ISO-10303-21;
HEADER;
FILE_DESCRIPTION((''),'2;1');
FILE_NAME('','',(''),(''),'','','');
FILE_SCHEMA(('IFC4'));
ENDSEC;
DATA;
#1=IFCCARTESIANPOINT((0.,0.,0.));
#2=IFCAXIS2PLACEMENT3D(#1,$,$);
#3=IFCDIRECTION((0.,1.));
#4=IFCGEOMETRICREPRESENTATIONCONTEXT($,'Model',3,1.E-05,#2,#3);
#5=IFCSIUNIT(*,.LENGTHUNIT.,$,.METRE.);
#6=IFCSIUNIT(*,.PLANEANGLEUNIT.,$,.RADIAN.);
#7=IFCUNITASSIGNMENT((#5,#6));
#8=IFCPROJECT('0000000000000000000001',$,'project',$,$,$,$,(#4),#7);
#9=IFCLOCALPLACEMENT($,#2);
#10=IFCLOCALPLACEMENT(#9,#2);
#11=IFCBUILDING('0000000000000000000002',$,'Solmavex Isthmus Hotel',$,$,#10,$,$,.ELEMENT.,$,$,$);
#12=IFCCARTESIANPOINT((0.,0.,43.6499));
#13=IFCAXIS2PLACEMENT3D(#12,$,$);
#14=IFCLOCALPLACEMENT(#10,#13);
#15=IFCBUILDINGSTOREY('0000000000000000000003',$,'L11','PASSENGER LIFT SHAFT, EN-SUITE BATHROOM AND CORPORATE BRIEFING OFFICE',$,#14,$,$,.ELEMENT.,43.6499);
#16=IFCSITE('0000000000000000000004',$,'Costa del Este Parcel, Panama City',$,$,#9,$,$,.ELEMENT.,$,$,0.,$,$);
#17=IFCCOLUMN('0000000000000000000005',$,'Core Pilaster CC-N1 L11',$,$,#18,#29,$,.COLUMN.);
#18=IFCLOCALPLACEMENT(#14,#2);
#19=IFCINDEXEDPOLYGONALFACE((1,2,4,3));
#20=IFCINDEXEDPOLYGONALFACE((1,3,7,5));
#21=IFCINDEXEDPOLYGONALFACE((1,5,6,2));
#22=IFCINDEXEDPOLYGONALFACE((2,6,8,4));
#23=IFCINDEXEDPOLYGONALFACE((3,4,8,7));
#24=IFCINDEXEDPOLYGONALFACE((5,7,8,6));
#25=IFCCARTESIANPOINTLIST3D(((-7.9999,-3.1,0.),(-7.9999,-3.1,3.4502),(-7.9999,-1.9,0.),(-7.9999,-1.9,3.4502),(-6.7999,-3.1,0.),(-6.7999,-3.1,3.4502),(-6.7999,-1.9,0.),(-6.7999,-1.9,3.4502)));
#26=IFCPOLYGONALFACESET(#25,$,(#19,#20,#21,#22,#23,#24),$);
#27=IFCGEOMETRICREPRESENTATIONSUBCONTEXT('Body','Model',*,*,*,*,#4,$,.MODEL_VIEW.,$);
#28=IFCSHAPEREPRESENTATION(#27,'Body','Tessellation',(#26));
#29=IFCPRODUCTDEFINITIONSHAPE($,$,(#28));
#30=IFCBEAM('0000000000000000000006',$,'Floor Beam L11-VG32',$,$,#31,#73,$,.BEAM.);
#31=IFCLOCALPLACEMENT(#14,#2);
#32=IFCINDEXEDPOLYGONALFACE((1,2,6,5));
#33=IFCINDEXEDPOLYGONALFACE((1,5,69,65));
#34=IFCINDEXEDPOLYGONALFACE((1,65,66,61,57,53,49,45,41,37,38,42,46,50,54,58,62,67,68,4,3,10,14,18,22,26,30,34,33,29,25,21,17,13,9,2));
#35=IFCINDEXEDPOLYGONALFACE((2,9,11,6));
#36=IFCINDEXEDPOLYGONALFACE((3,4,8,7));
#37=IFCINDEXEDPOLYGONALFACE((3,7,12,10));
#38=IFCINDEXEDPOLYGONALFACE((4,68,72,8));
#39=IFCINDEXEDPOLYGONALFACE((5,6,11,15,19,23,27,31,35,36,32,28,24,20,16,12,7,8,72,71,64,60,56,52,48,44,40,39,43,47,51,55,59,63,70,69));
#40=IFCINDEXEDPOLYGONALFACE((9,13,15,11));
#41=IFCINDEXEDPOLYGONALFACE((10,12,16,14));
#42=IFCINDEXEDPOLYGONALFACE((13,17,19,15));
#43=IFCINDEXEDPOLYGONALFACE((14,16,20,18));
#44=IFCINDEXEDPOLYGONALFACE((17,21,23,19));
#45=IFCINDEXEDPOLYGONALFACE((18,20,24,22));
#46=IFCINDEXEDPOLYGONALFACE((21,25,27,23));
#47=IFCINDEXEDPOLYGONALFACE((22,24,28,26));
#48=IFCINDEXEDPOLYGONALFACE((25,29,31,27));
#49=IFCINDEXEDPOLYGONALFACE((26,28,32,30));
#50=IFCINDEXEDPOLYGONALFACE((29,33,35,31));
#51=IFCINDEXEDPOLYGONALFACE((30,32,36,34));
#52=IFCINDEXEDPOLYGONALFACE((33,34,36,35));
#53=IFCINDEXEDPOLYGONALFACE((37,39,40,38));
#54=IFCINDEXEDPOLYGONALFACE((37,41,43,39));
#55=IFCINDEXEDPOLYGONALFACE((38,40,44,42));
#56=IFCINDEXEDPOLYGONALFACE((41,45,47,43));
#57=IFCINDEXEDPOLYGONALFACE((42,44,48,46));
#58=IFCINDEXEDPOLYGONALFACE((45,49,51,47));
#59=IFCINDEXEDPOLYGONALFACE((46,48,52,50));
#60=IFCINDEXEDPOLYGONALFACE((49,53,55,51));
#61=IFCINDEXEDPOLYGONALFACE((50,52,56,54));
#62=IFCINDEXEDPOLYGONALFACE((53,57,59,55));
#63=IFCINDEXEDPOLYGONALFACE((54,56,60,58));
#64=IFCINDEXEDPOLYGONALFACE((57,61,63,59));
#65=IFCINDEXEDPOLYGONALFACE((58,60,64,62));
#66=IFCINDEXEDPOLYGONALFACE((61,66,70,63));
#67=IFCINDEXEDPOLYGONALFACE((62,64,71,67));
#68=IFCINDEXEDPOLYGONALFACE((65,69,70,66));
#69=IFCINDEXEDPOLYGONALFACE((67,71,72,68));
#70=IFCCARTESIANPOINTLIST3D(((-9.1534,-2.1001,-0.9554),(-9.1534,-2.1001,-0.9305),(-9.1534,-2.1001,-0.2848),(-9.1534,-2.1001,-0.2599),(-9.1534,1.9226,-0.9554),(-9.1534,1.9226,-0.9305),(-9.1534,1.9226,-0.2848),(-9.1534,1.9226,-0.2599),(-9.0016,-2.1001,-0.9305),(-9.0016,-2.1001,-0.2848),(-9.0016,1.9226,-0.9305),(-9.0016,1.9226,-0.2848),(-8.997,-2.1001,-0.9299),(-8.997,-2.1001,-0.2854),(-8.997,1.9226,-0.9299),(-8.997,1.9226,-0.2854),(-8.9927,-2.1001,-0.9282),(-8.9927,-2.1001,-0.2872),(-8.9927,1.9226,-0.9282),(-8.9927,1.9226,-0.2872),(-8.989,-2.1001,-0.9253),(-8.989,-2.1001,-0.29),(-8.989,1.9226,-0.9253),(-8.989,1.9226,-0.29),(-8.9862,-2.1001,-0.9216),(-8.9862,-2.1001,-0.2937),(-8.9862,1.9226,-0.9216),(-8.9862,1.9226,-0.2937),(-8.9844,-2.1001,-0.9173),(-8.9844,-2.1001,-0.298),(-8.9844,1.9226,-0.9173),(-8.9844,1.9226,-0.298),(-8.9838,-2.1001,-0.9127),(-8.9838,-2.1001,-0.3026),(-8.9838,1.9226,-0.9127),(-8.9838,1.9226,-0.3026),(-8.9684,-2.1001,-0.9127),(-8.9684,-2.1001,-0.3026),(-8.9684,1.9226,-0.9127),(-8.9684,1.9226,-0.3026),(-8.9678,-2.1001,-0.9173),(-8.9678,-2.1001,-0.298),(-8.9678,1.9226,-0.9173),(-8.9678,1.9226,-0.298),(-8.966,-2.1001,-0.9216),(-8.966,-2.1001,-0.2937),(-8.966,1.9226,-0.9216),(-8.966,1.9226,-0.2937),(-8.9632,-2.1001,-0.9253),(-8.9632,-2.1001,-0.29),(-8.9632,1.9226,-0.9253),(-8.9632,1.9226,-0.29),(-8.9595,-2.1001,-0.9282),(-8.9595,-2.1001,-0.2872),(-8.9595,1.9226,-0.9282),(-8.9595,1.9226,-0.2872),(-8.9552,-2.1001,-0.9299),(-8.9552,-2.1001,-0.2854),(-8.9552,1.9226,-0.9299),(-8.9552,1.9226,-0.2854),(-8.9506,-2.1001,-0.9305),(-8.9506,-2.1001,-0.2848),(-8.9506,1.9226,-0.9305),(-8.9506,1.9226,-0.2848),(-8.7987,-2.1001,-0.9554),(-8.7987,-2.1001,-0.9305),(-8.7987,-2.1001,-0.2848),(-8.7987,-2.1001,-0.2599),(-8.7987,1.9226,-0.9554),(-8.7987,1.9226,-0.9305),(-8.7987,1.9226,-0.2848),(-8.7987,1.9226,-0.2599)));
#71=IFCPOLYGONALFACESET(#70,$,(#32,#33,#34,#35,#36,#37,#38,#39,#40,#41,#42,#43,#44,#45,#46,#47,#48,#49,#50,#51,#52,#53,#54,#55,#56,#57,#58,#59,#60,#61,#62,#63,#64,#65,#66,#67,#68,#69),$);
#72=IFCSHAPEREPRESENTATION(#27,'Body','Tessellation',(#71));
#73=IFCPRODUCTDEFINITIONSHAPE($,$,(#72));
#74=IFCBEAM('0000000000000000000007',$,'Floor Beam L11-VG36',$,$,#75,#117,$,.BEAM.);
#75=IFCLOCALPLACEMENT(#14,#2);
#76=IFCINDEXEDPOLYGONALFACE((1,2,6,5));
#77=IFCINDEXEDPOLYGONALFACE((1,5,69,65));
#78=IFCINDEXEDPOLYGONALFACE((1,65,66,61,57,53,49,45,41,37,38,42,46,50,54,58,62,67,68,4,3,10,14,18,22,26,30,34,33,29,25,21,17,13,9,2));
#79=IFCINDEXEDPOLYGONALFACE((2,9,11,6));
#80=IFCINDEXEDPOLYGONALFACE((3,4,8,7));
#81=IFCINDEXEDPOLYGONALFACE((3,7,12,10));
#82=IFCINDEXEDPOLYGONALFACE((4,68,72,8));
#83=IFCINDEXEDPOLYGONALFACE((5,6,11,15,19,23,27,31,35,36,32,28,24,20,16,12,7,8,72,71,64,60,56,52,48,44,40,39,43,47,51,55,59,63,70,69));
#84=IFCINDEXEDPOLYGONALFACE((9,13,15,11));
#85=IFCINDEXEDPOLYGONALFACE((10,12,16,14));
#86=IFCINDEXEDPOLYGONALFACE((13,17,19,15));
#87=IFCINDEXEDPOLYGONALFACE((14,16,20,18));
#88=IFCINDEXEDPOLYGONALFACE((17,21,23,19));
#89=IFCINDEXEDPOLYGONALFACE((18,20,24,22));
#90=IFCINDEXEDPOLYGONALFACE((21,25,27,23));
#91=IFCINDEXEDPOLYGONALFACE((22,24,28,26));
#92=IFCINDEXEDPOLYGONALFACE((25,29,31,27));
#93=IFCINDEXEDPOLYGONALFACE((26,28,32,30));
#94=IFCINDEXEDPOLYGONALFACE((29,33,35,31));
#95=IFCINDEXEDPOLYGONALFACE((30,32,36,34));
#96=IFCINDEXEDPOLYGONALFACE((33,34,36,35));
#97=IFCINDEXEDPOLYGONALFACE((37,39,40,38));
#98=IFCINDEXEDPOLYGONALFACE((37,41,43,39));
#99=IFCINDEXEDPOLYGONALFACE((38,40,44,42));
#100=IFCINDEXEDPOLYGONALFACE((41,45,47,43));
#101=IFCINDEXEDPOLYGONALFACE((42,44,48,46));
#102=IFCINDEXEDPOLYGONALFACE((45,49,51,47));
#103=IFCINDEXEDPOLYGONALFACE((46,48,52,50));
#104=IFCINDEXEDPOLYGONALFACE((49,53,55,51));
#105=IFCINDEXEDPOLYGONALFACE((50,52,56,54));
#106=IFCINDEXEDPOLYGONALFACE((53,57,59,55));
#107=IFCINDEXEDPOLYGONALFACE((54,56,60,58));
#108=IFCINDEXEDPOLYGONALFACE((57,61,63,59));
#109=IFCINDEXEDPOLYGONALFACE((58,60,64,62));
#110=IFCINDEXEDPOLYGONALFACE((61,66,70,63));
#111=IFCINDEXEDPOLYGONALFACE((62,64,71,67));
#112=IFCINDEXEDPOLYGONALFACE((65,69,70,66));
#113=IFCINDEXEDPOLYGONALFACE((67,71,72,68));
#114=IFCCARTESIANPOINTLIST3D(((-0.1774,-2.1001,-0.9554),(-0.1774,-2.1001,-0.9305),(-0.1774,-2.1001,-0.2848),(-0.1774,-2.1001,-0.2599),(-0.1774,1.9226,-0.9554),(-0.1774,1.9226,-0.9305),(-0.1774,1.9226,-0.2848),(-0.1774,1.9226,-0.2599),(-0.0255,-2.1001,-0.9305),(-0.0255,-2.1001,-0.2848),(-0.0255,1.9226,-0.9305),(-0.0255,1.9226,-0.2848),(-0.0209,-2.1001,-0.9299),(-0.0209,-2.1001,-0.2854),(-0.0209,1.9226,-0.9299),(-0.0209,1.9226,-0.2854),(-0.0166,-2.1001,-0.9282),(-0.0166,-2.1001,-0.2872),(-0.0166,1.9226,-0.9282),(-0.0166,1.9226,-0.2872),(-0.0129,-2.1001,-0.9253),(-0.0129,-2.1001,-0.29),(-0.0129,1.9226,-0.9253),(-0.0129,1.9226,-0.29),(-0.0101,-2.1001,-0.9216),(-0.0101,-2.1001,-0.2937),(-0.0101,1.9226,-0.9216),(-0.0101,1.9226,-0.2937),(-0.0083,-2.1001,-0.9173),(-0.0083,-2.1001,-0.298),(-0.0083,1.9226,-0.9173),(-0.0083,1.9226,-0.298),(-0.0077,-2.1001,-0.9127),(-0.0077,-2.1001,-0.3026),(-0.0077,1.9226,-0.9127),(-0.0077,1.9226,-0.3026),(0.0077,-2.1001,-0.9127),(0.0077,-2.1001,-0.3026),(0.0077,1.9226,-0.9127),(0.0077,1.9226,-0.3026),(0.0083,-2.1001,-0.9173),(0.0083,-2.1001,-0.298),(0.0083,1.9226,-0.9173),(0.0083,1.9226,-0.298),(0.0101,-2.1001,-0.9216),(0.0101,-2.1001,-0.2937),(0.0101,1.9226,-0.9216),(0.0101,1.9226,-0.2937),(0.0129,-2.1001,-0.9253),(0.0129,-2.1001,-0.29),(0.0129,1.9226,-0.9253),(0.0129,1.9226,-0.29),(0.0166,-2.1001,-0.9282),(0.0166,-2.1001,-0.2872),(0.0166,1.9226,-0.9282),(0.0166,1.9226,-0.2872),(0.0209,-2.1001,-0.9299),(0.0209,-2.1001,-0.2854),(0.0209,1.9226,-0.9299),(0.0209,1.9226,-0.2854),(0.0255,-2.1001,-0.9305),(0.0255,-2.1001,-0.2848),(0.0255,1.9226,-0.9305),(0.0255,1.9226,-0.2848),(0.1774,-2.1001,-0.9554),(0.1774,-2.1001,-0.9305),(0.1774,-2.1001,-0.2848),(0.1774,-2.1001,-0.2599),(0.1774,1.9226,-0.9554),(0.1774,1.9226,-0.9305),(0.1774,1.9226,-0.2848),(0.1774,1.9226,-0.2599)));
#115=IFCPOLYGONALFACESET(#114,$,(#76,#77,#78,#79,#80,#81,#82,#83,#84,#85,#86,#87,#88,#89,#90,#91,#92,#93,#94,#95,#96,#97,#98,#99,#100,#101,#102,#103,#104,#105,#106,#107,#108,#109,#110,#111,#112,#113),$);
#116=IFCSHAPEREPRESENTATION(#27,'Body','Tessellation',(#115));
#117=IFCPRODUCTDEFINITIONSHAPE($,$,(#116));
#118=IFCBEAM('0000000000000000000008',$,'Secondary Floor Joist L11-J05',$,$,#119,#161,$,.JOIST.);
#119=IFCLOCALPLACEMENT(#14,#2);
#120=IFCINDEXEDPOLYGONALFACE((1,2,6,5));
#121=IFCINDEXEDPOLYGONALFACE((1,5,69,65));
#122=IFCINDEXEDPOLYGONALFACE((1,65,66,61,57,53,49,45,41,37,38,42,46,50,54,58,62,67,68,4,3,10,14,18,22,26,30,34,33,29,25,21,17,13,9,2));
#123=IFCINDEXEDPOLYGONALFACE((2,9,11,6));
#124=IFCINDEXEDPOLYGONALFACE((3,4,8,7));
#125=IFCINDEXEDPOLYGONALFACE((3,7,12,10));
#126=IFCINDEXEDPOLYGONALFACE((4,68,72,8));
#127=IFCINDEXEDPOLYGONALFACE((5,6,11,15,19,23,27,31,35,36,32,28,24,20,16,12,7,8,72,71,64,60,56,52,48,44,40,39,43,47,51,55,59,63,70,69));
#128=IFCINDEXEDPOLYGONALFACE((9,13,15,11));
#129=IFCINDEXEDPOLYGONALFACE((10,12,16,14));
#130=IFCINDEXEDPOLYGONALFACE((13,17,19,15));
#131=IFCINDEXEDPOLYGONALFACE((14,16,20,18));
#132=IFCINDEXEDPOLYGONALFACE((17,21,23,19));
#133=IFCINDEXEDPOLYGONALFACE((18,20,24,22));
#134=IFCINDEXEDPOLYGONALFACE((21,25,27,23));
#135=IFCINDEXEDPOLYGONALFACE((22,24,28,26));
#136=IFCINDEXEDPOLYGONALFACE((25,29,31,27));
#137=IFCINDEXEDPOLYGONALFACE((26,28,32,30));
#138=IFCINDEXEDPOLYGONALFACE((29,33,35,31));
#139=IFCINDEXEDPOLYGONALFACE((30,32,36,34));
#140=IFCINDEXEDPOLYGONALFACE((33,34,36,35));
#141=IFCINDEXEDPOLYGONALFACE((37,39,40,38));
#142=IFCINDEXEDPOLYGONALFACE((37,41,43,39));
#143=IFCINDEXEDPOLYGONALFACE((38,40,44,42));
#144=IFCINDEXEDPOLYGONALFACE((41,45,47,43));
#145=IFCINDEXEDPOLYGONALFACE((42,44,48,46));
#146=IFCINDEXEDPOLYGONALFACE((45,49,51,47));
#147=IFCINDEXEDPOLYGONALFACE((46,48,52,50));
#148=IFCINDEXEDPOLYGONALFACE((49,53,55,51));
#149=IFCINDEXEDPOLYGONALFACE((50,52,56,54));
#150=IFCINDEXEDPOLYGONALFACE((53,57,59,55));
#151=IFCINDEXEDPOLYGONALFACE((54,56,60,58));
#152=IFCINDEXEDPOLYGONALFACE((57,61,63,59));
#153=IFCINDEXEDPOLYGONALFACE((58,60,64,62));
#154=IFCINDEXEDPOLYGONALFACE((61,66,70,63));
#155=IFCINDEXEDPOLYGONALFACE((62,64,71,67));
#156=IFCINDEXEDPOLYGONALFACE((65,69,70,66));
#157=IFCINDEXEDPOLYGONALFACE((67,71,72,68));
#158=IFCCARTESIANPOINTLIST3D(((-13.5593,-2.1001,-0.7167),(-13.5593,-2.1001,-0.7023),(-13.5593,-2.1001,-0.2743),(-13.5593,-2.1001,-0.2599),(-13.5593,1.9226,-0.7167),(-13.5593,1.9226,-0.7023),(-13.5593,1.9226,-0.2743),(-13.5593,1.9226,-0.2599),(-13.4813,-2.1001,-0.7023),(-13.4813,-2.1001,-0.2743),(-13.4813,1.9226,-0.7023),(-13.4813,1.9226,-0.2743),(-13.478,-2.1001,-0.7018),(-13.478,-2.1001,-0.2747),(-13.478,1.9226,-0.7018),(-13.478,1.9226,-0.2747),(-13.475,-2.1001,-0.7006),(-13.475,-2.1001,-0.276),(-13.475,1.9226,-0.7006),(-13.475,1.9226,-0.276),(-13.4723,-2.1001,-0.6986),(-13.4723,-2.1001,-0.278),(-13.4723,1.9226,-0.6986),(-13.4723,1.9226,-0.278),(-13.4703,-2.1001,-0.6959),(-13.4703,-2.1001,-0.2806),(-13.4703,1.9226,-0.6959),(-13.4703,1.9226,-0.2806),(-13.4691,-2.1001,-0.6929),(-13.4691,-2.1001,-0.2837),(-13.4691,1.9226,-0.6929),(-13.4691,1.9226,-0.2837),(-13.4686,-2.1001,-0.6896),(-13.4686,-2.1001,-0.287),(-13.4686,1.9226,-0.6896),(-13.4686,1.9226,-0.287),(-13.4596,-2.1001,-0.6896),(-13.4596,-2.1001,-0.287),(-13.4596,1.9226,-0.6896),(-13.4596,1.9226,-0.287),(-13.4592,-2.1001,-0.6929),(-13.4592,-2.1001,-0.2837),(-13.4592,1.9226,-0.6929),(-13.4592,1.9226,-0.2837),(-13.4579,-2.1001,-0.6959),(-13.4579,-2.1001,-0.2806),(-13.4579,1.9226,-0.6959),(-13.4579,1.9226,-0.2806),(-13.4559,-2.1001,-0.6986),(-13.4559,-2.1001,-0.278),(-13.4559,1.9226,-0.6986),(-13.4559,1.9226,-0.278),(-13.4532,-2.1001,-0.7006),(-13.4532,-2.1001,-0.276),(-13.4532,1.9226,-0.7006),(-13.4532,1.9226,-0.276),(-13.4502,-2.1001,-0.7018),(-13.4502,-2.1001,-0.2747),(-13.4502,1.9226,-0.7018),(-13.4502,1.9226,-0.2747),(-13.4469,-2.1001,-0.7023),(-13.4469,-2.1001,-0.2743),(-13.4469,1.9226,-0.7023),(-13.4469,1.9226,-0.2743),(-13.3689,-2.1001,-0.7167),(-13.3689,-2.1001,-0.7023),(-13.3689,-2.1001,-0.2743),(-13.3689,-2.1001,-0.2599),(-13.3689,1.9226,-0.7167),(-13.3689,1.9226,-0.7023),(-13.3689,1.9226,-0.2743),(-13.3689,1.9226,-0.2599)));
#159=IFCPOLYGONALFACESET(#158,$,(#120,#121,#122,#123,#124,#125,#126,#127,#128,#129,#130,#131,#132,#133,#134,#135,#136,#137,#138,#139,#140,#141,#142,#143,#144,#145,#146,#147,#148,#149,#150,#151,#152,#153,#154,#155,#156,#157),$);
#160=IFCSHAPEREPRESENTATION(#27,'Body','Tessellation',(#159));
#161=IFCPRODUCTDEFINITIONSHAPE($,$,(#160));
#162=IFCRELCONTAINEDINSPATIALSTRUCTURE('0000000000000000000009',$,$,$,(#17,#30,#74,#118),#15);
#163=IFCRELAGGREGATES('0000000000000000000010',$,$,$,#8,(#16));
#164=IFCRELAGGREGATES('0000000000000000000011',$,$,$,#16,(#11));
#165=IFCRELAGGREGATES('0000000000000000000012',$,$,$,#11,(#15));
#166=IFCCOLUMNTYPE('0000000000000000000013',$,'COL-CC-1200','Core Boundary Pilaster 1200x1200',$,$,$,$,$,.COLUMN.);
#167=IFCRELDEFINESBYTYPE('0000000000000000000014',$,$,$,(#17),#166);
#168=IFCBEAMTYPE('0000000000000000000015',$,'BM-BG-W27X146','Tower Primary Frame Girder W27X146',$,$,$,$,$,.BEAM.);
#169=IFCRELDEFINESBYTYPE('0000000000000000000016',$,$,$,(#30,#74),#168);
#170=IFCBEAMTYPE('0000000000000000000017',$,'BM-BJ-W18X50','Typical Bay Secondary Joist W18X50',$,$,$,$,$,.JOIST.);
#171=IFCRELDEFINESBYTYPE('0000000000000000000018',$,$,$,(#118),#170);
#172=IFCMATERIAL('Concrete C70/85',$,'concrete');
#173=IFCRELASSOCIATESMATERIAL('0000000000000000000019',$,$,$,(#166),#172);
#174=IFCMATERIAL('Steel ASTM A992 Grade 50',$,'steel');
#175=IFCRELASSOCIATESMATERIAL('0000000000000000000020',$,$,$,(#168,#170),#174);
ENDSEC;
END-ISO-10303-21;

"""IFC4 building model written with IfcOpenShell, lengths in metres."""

from ifc_helpers import new_model, si_unit, direction, frame, origin, origin_2d, place, context, subcontext, project, spatial, rectangle, i_section, extrude, material, material_profile, profile_set, type_object, element, save


model = new_model("IFC4")

# Units and contexts
model_context = context("Model", 3, precision=1e-05, world=origin(), true_north=direction((0.0, 1.0)))
body_context = subcontext(model_context, "Body", "Model", "MODEL_VIEW")
ifc_project = project(units=[si_unit("LENGTHUNIT", "METRE"), si_unit("PLANEANGLEUNIT", "RADIAN")], contexts=[model_context])

# Site, building, storey
site_placement = place(None, origin())
site = spatial("IfcSite", under=ifc_project, at=site_placement, Name="Costa del Este Parcel, Panama City", CompositionType="ELEMENT", RefElevation=0.0)
building_placement = place(site_placement, origin())
building = spatial("IfcBuilding", under=site, at=building_placement, Name="Solmavex Isthmus Hotel", CompositionType="ELEMENT")
storey_placement = place(building_placement, frame((0.0, 0.0, 43.6499)))
storey = spatial("IfcBuildingStorey", under=building, at=storey_placement, Name="L11", Description="PASSENGER LIFT SHAFT, EN-SUITE BATHROOM AND CORPORATE BRIEFING OFFICE", CompositionType="ELEMENT", Elevation=43.6499)

# Column
ifc_material_1 = material(Name="Concrete C70/85", Category="concrete")
ifc_material_profile_1 = material_profile(ifc_material_1, rectangle(XDim=1.2, YDim=1.2, at=origin_2d()), Name="RC1200X1200")
ifc_profile_set_1 = profile_set([ifc_material_profile_1], Name="Concrete C70/85")
column_type = type_object("IfcColumnType", Name="COL-CC-1200", Description="Core Boundary Pilaster 1200x1200", PredefinedType="COLUMN", material=ifc_profile_set_1)
column_placement = place(storey_placement, frame((-7.3999, -2.5, 0.0), z_axis=(0.0, 0.0, 1.0), x_axis=(1.0, 0.0, 0.0)))
element("IfcColumn", 1, at=column_placement, inside=storey, type_object=column_type, Name="Core Pilaster CC-N1 L11", PredefinedType="COLUMN", context=body_context, shape_type="SweptSolid", body=[
    extrude(rectangle(XDim=1.2, YDim=1.2, at=origin_2d()), origin(), (0.0, 0.0, 1.0), 3.4502),
])

# Beams
ifc_material_2 = material(Name="Steel ASTM A992 Grade 50", Category="steel")
ifc_material_profile_2 = material_profile(ifc_material_2, i_section(OverallWidth=0.3547, OverallDepth=0.6956, WebThickness=0.0154, FlangeThickness=0.0249, FilletRadius=0.0178, at=origin_2d()), Name="W27X146")
ifc_profile_set_2 = profile_set([ifc_material_profile_2], Name="Steel ASTM A992 Grade 50")
beam_type_1 = type_object("IfcBeamType", Name="BM-BG-W27X146", Description="Tower Primary Frame Girder W27X146", PredefinedType="BEAM", material=ifc_profile_set_2)
for number, where, z_axis, x_axis, name in (
    (2, (-8.9761, -2.1001, -0.6077), (0.0, 1.0, 0.0), (-1.0, 0.0, 0.0), "Floor Beam L11-VG32"),
    (3, (0.0, -2.1001, -0.6077), (0.0, 1.0, 0.0), (-1.0, 0.0, 0.0), "Floor Beam L11-VG36"),
):
    element("IfcBeam", number, at=place(storey_placement, frame(where, z_axis=z_axis, x_axis=x_axis)), inside=storey, type_object=beam_type_1, Name=name, PredefinedType="BEAM", context=body_context, shape_type="SweptSolid", body=[
        extrude(i_section(OverallWidth=0.3547, OverallDepth=0.6956, WebThickness=0.0154, FlangeThickness=0.0249, FilletRadius=0.0178, at=origin_2d()), origin(), (0.0, 0.0, 1.0), 4.0227),
    ])
ifc_material_profile_3 = material_profile(ifc_material_2, i_section(OverallWidth=0.1904, OverallDepth=0.4568, WebThickness=0.009, FlangeThickness=0.0144, FilletRadius=0.0127, at=origin_2d()), Name="W18X50")
ifc_profile_set_3 = profile_set([ifc_material_profile_3], Name="Steel ASTM A992 Grade 50")
beam_type_2 = type_object("IfcBeamType", Name="BM-BJ-W18X50", Description="Typical Bay Secondary Joist W18X50", PredefinedType="JOIST", material=ifc_profile_set_3)
for number, where, z_axis, x_axis, name in (
    (4, (-13.4641, -2.1001, -0.4883), (0.0, 1.0, 0.0), (-1.0, 0.0, 0.0), "Secondary Floor Joist L11-J05"),
):
    element("IfcBeam", number, at=place(storey_placement, frame(where, z_axis=z_axis, x_axis=x_axis)), inside=storey, type_object=beam_type_2, Name=name, PredefinedType="JOIST", context=body_context, shape_type="SweptSolid", body=[
        extrude(i_section(OverallWidth=0.1904, OverallDepth=0.4568, WebThickness=0.009, FlangeThickness=0.0144, FilletRadius=0.0127, at=origin_2d()), origin(), (0.0, 0.0, 1.0), 4.0227),
    ])

save(model, "model.ifc")
